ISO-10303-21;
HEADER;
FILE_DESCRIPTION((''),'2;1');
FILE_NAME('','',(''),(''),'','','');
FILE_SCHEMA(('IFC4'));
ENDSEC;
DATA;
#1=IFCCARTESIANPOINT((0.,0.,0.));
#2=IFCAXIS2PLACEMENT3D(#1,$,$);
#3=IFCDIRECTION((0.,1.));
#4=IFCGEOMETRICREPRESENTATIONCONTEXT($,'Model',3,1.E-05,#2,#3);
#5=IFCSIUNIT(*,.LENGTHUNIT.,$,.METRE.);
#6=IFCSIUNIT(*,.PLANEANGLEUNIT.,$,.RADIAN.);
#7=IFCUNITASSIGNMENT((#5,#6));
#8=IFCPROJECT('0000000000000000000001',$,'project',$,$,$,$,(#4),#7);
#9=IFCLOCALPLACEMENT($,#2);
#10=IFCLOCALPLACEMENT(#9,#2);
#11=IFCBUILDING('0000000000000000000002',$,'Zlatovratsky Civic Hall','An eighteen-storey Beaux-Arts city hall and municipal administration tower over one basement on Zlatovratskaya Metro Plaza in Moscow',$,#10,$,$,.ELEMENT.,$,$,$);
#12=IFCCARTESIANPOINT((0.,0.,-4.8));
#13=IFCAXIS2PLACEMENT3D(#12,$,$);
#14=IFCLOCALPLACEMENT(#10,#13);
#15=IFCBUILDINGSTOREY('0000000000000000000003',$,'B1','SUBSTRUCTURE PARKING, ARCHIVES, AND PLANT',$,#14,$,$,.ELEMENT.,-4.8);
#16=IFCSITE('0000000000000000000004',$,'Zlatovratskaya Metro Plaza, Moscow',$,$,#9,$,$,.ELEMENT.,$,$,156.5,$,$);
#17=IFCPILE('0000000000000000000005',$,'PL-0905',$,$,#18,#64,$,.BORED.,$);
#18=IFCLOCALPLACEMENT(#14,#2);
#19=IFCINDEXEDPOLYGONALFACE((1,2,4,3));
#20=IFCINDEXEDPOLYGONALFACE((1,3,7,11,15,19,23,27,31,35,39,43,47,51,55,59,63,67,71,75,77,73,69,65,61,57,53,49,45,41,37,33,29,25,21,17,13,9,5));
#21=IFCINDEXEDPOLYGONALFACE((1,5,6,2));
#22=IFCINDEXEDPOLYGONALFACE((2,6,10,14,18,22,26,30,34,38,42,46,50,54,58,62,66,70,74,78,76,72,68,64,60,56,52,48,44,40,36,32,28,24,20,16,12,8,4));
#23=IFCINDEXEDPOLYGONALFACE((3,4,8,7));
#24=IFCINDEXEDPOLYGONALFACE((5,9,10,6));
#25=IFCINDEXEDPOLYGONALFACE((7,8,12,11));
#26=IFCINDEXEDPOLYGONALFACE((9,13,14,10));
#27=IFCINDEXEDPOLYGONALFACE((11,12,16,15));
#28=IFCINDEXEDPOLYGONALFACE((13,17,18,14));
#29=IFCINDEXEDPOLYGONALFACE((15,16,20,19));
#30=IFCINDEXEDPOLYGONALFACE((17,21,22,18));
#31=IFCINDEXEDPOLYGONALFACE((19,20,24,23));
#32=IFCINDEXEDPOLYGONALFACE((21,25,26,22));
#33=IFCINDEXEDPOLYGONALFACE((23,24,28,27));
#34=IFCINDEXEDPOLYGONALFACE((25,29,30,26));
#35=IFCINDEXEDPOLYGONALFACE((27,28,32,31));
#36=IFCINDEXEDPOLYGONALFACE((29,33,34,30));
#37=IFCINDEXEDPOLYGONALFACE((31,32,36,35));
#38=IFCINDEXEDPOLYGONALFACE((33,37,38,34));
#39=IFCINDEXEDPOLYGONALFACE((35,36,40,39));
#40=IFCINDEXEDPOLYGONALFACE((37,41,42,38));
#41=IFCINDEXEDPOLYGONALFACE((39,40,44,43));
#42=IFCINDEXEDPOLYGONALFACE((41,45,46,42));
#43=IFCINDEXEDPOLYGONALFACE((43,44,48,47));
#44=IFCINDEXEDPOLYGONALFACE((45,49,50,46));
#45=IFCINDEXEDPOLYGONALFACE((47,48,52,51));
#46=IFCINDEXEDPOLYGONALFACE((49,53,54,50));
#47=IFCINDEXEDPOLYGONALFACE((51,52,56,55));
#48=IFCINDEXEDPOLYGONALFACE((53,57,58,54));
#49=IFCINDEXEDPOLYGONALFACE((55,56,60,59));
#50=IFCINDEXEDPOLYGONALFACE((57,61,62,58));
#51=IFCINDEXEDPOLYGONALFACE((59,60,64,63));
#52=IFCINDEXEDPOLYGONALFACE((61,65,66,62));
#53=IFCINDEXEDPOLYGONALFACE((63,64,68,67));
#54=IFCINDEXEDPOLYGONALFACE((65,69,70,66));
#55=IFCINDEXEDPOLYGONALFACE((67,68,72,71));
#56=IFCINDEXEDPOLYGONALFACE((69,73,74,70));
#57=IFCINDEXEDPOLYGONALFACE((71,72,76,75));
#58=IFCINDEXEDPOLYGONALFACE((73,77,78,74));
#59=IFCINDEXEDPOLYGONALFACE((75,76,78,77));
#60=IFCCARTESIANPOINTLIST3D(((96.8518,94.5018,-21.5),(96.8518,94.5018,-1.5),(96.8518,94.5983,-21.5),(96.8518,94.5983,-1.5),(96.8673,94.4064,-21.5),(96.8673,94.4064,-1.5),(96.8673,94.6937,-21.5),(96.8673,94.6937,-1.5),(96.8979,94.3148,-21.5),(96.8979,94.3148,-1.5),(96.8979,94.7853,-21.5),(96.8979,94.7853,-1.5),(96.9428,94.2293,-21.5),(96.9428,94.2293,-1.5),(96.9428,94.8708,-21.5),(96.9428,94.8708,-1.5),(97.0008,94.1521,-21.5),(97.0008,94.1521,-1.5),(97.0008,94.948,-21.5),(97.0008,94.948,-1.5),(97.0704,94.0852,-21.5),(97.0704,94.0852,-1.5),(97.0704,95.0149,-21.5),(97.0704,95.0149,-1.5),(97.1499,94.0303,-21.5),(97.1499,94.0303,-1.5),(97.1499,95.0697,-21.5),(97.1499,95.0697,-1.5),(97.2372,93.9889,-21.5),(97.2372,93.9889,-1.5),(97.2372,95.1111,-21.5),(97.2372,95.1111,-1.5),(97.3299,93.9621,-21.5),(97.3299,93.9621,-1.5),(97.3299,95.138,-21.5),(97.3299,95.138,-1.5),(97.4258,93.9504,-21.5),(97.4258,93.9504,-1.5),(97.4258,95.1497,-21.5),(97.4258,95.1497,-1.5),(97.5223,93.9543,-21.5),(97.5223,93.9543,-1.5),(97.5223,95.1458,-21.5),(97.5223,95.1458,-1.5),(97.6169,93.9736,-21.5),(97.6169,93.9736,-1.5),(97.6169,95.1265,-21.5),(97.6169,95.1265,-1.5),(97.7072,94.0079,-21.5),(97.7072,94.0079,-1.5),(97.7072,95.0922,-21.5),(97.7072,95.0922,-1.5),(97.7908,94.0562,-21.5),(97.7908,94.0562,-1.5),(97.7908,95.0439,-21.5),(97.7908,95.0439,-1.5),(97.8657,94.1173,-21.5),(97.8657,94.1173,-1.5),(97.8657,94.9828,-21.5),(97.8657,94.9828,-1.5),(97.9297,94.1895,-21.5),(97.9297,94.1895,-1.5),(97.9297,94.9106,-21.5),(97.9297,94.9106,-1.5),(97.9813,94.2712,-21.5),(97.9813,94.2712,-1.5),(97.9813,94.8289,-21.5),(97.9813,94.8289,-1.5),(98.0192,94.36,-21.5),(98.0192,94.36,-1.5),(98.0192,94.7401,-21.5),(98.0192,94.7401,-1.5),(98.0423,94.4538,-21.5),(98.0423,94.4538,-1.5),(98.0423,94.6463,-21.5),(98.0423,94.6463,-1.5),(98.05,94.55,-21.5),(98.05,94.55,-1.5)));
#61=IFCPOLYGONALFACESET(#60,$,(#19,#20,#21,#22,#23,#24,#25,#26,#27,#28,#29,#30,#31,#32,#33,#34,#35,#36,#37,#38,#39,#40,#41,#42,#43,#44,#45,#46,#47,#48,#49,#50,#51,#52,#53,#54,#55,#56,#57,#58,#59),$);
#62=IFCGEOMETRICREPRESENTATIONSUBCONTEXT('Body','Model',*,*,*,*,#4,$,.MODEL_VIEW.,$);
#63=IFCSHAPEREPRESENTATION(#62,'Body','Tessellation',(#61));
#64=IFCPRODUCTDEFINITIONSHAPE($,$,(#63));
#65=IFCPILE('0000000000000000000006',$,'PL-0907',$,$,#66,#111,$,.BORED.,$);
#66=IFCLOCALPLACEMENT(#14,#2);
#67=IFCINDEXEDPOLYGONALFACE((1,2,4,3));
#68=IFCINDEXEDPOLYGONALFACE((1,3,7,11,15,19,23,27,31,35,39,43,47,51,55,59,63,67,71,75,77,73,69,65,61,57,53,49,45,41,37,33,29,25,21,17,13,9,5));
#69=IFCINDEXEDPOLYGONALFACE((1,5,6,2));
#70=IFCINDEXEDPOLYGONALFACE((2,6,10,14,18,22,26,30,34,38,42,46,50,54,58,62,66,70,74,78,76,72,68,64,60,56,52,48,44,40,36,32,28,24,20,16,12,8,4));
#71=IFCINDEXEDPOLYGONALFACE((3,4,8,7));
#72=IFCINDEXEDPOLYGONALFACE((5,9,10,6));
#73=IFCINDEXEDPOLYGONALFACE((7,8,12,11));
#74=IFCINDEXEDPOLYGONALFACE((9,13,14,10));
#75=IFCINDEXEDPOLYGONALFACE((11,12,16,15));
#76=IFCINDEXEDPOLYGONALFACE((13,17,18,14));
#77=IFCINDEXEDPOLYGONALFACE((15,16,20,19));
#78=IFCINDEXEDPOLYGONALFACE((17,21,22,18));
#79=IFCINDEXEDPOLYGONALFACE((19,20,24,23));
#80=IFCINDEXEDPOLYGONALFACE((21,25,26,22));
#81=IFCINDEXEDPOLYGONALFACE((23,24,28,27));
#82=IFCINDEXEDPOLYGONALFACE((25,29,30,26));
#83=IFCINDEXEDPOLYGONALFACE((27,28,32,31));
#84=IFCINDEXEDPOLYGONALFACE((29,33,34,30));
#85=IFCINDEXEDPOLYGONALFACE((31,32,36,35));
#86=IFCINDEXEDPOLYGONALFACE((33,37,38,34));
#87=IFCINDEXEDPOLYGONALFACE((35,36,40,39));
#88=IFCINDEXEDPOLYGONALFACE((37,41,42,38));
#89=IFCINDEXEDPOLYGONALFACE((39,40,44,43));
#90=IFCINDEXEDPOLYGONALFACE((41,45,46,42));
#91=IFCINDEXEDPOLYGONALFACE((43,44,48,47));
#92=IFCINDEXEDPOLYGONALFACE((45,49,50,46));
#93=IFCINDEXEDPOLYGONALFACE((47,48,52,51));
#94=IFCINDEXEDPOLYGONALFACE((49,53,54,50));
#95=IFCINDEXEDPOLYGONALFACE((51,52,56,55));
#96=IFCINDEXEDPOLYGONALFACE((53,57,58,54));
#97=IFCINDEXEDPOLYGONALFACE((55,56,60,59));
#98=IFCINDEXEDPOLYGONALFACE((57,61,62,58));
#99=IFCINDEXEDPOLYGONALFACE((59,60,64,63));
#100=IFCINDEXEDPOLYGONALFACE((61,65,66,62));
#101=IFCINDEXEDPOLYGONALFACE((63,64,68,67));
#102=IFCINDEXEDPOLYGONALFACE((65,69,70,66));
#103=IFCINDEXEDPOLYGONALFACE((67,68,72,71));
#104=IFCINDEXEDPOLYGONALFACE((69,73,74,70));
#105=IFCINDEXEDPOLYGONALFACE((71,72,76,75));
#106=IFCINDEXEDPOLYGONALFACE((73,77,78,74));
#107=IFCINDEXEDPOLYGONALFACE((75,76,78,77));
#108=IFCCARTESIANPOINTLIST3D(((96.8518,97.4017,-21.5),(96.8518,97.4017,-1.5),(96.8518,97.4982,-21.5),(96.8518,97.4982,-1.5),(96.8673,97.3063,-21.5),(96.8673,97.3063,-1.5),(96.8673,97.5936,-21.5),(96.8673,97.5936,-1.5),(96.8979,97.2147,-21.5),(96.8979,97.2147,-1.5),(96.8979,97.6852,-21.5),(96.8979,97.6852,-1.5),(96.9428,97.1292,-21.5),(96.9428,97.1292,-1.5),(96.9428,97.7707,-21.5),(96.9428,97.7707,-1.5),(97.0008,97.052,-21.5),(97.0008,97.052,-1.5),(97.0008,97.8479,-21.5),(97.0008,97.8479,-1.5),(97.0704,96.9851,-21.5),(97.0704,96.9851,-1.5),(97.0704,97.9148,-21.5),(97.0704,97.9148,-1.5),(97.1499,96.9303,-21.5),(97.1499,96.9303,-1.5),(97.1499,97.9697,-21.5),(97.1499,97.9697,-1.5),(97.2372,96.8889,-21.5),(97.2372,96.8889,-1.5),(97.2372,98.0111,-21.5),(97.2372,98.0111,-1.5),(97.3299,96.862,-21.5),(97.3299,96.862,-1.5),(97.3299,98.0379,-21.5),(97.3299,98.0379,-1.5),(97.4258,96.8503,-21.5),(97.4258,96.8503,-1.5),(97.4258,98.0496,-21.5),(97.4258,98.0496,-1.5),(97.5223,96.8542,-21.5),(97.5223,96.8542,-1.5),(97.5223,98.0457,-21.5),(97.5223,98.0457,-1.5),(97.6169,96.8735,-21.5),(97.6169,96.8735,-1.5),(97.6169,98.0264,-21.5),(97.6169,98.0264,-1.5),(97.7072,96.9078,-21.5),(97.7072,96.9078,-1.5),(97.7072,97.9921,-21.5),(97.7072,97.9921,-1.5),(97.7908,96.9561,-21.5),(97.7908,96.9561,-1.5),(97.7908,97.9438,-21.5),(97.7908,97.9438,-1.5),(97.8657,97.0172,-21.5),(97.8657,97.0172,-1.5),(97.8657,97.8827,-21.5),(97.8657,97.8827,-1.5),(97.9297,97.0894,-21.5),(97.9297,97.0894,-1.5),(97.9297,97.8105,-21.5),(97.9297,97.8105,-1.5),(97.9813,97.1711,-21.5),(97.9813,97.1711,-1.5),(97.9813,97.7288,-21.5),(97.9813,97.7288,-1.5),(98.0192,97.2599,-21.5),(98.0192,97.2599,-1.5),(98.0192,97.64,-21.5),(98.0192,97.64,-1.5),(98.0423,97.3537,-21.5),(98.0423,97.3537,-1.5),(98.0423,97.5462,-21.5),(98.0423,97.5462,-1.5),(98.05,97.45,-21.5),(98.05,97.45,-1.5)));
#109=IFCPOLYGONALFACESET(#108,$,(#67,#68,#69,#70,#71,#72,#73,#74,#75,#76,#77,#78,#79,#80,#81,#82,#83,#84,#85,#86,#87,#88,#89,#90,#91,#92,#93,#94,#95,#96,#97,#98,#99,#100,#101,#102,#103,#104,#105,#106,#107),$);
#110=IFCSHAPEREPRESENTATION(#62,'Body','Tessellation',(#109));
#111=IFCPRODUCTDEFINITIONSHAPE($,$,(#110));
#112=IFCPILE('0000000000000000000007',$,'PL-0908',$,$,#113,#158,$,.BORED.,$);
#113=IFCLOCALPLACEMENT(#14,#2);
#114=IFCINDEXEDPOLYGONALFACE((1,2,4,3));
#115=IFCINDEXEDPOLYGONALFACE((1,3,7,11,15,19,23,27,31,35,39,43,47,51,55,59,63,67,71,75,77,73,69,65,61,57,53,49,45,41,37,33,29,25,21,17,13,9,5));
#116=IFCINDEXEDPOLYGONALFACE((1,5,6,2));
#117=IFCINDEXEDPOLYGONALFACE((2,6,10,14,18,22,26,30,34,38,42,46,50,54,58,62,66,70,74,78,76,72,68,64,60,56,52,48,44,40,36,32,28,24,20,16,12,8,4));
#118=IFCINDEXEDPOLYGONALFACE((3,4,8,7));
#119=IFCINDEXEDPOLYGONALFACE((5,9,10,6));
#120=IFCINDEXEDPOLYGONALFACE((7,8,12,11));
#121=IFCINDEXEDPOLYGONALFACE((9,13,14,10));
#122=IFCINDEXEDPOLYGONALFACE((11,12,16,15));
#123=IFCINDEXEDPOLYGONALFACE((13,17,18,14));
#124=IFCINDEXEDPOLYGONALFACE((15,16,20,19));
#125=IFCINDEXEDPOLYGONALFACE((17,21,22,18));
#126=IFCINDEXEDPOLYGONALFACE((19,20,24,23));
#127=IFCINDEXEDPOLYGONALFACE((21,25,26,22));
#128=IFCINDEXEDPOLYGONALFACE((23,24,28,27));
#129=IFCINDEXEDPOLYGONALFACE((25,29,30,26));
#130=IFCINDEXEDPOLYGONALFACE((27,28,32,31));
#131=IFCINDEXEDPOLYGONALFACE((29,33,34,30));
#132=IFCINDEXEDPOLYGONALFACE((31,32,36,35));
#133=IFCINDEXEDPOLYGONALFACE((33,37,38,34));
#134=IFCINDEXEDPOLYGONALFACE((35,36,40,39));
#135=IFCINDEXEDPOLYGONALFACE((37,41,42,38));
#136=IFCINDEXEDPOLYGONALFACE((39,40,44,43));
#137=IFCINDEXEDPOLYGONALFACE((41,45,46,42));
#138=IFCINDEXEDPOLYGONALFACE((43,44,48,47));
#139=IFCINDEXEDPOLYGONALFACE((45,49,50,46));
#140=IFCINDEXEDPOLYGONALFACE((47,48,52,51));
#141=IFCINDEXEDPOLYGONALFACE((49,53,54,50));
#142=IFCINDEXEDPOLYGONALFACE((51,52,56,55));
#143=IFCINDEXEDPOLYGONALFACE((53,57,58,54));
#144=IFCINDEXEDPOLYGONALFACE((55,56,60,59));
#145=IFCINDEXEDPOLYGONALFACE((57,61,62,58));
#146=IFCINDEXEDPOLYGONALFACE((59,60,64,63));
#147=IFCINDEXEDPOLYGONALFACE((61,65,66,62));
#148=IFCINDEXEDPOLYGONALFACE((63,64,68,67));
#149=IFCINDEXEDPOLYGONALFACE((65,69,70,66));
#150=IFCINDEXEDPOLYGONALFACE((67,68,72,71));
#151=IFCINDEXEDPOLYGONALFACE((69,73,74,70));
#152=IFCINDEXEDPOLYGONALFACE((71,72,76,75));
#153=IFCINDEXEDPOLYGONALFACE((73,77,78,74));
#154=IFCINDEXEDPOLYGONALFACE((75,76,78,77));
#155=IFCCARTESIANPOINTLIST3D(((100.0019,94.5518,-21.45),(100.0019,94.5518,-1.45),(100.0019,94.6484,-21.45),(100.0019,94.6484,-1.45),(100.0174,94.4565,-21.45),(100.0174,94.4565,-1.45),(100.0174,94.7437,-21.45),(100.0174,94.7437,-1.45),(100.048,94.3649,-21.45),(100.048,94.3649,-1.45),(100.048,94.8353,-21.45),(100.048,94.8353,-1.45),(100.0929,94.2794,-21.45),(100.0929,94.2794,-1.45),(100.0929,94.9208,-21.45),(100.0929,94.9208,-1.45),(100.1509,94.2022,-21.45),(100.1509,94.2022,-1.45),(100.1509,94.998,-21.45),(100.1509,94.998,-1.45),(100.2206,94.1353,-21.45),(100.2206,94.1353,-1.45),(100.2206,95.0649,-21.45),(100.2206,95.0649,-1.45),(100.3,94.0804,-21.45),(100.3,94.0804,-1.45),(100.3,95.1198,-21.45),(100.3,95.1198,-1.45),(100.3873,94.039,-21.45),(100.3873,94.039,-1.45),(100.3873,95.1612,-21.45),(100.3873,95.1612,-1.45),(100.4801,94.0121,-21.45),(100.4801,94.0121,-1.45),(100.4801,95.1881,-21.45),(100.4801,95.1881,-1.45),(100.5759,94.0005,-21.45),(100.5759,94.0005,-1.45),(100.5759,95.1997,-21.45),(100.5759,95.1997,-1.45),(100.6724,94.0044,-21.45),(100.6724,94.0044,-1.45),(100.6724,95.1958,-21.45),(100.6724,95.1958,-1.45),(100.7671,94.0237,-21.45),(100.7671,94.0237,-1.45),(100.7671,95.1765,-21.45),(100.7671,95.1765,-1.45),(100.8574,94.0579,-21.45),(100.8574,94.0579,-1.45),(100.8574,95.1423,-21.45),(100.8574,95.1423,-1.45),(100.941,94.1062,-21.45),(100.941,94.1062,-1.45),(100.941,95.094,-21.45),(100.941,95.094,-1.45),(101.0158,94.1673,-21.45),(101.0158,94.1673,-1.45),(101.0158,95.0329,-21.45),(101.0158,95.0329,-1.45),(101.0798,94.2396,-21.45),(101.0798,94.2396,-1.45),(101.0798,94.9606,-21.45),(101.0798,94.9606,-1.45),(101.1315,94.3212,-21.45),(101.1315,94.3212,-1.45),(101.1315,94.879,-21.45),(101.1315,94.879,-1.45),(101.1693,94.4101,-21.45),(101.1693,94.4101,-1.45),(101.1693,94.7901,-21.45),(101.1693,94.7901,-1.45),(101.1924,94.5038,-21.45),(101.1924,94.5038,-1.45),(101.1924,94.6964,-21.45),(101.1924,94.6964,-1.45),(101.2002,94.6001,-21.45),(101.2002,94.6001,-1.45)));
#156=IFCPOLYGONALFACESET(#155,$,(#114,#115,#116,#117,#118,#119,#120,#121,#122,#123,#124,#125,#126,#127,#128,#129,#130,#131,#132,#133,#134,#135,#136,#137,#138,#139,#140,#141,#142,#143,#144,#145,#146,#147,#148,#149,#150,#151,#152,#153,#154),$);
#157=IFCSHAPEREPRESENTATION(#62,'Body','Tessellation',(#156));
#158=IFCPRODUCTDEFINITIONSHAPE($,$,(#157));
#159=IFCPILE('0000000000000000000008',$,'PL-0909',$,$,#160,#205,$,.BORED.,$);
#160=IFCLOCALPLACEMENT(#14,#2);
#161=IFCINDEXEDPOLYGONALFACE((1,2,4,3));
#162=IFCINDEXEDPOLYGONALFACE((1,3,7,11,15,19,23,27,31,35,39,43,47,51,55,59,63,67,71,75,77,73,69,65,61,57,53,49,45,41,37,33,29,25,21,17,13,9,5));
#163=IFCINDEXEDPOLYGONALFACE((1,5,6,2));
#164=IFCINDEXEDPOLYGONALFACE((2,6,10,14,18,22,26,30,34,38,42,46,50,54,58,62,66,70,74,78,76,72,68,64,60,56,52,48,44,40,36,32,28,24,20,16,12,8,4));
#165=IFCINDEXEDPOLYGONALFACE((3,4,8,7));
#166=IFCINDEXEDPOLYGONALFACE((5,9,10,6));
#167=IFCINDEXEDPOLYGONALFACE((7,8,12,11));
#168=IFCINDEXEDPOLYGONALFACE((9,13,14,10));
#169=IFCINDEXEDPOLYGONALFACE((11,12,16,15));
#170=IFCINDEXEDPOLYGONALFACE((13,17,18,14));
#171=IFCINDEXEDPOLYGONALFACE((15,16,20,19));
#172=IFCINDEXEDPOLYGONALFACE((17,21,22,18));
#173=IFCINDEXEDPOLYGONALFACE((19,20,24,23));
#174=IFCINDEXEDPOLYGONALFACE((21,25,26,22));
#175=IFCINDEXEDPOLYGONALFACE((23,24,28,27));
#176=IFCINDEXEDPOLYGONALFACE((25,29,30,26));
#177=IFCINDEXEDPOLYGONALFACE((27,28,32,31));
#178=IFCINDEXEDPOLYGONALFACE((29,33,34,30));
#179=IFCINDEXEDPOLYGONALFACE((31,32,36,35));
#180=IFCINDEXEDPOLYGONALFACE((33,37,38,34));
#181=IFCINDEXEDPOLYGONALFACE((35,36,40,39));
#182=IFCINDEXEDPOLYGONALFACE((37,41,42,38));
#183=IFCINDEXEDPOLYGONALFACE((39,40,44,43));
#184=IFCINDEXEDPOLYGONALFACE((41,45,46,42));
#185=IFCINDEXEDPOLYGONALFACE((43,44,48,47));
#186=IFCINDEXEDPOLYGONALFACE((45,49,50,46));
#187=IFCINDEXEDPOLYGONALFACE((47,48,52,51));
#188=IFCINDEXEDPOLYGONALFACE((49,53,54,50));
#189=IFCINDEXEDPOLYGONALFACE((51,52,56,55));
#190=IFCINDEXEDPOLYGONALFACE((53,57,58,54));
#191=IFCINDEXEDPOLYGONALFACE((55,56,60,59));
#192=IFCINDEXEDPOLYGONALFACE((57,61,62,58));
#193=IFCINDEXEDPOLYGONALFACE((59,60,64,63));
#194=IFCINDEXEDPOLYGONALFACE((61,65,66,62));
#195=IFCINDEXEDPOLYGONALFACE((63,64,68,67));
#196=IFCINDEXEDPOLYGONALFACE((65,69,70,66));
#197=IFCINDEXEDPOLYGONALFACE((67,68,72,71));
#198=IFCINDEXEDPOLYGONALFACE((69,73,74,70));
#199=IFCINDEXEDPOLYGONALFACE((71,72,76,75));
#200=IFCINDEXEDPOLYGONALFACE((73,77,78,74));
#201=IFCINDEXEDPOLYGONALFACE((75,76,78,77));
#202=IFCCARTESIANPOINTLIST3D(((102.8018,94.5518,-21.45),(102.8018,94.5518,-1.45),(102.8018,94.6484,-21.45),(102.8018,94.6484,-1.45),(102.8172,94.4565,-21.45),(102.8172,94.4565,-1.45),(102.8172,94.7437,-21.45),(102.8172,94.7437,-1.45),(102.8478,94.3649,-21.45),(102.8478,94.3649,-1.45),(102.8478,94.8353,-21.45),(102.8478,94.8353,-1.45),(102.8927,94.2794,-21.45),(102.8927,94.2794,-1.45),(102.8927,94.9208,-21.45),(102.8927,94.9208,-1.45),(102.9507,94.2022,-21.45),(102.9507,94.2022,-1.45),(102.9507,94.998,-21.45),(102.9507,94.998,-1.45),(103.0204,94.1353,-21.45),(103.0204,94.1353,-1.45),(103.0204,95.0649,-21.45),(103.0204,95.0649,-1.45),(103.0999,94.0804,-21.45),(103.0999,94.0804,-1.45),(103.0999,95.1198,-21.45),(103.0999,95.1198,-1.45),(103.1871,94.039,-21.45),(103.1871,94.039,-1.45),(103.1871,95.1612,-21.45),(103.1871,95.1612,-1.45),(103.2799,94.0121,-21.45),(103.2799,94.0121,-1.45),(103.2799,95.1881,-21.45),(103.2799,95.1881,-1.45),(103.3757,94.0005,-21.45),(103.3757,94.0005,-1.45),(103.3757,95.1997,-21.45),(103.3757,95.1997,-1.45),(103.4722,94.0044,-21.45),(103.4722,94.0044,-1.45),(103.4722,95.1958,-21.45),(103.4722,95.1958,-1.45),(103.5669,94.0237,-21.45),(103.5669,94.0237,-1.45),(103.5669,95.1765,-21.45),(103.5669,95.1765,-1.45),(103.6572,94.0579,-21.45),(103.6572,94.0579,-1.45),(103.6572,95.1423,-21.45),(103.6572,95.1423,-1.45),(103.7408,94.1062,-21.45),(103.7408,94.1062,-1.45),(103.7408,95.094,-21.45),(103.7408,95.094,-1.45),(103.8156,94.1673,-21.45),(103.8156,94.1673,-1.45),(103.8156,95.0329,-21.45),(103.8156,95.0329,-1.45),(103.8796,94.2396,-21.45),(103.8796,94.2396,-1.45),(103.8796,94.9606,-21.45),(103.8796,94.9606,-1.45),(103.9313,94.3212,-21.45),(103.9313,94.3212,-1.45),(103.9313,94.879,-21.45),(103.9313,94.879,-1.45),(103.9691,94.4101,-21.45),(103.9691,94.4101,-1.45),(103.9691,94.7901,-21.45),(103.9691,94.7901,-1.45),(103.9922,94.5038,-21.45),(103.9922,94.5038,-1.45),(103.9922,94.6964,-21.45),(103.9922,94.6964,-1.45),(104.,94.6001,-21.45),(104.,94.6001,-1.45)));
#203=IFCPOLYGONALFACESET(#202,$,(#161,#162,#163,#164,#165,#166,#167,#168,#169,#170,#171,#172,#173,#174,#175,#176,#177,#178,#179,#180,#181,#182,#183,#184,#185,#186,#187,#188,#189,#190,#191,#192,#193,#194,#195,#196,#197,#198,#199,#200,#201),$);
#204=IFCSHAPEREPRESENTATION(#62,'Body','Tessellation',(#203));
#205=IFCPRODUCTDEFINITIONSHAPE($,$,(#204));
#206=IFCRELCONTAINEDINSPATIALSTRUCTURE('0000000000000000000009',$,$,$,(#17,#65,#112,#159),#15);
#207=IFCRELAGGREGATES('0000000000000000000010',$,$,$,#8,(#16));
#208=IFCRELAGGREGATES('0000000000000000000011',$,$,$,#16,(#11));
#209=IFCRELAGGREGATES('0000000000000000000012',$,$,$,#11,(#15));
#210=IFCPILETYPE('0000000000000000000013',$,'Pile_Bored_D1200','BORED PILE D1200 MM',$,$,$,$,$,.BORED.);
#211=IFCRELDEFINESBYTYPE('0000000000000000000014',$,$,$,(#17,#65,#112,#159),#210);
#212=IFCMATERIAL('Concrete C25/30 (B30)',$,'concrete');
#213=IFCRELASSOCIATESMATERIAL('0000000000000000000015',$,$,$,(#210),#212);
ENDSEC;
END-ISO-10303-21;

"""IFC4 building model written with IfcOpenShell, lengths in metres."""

from ifc_helpers import new_model, si_unit, direction, frame, origin, origin_2d, place, context, subcontext, project, spatial, circle, extrude, material, material_profile, profile_set, type_object, element, save


model = new_model("IFC4")

# Units and contexts
model_context = context("Model", 3, precision=1e-05, world=origin(), true_north=direction((0.0, 1.0)))
body_context = subcontext(model_context, "Body", "Model", "MODEL_VIEW")
ifc_project = project(units=[si_unit("LENGTHUNIT", "METRE"), si_unit("PLANEANGLEUNIT", "RADIAN")], contexts=[model_context])

# Site, building, storey
site_placement = place(None, origin())
site = spatial("IfcSite", under=ifc_project, at=site_placement, Name="Zlatovratskaya Metro Plaza, Moscow", CompositionType="ELEMENT", RefElevation=156.5)
building_placement = place(site_placement, origin())
building = spatial("IfcBuilding", under=site, at=building_placement, Name="Zlatovratsky Civic Hall", Description="An eighteen-storey Beaux-Arts city hall and municipal administration tower over one basement on Zlatovratskaya Metro Plaza in Moscow", CompositionType="ELEMENT")
storey_placement = place(building_placement, frame((0.0, 0.0, -4.8)))
storey = spatial("IfcBuildingStorey", under=building, at=storey_placement, Name="B1", Description="SUBSTRUCTURE PARKING, ARCHIVES, AND PLANT", CompositionType="ELEMENT", Elevation=-4.8)

# Shared definitions
ifc_material_1 = material(Name="Concrete C25/30 (B30)", Category="concrete")

# Piles
ifc_material_profile_1 = material_profile(ifc_material_1, circle(Radius=0.6001, at=origin_2d()), Name="PILE D1200")
ifc_profile_set_1 = profile_set([ifc_material_profile_1], Name="Concrete C25/30 (B30)")
pile_type_1 = type_object("IfcPileType", Name="Pile_Bored_D1200", Description="BORED PILE D1200 MM", PredefinedType="BORED", material=ifc_profile_set_1)
for number, where, z_axis, x_axis, name in (
    (1, (97.45, 94.55, -1.5), (0.0, 0.0, -1.0), (1.0, 0.0, 0.0), "PL-0905"),
    (2, (97.45, 97.45, -1.5), (0.0, 0.0, -1.0), (1.0, 0.0, 0.0), "PL-0907"),
    (3, (100.6001, 94.6001, -1.45), (0.0, 0.0, -1.0), (1.0, 0.0, 0.0), "PL-0908"),
    (4, (103.3999, 94.6001, -1.45), (0.0, 0.0, -1.0), (1.0, 0.0, 0.0), "PL-0909"),
):
    element("IfcPile", number, at=place(storey_placement, frame(where, z_axis=z_axis, x_axis=x_axis)), inside=storey, type_object=pile_type_1, Name=name, PredefinedType="BORED", context=body_context, shape_type="SweptSolid", body=[
        extrude(circle(Radius=0.6001, at=origin_2d()), origin(), (0.0, 0.0, 1.0), 20.0),
    ])

save(model, "model.ifc")
